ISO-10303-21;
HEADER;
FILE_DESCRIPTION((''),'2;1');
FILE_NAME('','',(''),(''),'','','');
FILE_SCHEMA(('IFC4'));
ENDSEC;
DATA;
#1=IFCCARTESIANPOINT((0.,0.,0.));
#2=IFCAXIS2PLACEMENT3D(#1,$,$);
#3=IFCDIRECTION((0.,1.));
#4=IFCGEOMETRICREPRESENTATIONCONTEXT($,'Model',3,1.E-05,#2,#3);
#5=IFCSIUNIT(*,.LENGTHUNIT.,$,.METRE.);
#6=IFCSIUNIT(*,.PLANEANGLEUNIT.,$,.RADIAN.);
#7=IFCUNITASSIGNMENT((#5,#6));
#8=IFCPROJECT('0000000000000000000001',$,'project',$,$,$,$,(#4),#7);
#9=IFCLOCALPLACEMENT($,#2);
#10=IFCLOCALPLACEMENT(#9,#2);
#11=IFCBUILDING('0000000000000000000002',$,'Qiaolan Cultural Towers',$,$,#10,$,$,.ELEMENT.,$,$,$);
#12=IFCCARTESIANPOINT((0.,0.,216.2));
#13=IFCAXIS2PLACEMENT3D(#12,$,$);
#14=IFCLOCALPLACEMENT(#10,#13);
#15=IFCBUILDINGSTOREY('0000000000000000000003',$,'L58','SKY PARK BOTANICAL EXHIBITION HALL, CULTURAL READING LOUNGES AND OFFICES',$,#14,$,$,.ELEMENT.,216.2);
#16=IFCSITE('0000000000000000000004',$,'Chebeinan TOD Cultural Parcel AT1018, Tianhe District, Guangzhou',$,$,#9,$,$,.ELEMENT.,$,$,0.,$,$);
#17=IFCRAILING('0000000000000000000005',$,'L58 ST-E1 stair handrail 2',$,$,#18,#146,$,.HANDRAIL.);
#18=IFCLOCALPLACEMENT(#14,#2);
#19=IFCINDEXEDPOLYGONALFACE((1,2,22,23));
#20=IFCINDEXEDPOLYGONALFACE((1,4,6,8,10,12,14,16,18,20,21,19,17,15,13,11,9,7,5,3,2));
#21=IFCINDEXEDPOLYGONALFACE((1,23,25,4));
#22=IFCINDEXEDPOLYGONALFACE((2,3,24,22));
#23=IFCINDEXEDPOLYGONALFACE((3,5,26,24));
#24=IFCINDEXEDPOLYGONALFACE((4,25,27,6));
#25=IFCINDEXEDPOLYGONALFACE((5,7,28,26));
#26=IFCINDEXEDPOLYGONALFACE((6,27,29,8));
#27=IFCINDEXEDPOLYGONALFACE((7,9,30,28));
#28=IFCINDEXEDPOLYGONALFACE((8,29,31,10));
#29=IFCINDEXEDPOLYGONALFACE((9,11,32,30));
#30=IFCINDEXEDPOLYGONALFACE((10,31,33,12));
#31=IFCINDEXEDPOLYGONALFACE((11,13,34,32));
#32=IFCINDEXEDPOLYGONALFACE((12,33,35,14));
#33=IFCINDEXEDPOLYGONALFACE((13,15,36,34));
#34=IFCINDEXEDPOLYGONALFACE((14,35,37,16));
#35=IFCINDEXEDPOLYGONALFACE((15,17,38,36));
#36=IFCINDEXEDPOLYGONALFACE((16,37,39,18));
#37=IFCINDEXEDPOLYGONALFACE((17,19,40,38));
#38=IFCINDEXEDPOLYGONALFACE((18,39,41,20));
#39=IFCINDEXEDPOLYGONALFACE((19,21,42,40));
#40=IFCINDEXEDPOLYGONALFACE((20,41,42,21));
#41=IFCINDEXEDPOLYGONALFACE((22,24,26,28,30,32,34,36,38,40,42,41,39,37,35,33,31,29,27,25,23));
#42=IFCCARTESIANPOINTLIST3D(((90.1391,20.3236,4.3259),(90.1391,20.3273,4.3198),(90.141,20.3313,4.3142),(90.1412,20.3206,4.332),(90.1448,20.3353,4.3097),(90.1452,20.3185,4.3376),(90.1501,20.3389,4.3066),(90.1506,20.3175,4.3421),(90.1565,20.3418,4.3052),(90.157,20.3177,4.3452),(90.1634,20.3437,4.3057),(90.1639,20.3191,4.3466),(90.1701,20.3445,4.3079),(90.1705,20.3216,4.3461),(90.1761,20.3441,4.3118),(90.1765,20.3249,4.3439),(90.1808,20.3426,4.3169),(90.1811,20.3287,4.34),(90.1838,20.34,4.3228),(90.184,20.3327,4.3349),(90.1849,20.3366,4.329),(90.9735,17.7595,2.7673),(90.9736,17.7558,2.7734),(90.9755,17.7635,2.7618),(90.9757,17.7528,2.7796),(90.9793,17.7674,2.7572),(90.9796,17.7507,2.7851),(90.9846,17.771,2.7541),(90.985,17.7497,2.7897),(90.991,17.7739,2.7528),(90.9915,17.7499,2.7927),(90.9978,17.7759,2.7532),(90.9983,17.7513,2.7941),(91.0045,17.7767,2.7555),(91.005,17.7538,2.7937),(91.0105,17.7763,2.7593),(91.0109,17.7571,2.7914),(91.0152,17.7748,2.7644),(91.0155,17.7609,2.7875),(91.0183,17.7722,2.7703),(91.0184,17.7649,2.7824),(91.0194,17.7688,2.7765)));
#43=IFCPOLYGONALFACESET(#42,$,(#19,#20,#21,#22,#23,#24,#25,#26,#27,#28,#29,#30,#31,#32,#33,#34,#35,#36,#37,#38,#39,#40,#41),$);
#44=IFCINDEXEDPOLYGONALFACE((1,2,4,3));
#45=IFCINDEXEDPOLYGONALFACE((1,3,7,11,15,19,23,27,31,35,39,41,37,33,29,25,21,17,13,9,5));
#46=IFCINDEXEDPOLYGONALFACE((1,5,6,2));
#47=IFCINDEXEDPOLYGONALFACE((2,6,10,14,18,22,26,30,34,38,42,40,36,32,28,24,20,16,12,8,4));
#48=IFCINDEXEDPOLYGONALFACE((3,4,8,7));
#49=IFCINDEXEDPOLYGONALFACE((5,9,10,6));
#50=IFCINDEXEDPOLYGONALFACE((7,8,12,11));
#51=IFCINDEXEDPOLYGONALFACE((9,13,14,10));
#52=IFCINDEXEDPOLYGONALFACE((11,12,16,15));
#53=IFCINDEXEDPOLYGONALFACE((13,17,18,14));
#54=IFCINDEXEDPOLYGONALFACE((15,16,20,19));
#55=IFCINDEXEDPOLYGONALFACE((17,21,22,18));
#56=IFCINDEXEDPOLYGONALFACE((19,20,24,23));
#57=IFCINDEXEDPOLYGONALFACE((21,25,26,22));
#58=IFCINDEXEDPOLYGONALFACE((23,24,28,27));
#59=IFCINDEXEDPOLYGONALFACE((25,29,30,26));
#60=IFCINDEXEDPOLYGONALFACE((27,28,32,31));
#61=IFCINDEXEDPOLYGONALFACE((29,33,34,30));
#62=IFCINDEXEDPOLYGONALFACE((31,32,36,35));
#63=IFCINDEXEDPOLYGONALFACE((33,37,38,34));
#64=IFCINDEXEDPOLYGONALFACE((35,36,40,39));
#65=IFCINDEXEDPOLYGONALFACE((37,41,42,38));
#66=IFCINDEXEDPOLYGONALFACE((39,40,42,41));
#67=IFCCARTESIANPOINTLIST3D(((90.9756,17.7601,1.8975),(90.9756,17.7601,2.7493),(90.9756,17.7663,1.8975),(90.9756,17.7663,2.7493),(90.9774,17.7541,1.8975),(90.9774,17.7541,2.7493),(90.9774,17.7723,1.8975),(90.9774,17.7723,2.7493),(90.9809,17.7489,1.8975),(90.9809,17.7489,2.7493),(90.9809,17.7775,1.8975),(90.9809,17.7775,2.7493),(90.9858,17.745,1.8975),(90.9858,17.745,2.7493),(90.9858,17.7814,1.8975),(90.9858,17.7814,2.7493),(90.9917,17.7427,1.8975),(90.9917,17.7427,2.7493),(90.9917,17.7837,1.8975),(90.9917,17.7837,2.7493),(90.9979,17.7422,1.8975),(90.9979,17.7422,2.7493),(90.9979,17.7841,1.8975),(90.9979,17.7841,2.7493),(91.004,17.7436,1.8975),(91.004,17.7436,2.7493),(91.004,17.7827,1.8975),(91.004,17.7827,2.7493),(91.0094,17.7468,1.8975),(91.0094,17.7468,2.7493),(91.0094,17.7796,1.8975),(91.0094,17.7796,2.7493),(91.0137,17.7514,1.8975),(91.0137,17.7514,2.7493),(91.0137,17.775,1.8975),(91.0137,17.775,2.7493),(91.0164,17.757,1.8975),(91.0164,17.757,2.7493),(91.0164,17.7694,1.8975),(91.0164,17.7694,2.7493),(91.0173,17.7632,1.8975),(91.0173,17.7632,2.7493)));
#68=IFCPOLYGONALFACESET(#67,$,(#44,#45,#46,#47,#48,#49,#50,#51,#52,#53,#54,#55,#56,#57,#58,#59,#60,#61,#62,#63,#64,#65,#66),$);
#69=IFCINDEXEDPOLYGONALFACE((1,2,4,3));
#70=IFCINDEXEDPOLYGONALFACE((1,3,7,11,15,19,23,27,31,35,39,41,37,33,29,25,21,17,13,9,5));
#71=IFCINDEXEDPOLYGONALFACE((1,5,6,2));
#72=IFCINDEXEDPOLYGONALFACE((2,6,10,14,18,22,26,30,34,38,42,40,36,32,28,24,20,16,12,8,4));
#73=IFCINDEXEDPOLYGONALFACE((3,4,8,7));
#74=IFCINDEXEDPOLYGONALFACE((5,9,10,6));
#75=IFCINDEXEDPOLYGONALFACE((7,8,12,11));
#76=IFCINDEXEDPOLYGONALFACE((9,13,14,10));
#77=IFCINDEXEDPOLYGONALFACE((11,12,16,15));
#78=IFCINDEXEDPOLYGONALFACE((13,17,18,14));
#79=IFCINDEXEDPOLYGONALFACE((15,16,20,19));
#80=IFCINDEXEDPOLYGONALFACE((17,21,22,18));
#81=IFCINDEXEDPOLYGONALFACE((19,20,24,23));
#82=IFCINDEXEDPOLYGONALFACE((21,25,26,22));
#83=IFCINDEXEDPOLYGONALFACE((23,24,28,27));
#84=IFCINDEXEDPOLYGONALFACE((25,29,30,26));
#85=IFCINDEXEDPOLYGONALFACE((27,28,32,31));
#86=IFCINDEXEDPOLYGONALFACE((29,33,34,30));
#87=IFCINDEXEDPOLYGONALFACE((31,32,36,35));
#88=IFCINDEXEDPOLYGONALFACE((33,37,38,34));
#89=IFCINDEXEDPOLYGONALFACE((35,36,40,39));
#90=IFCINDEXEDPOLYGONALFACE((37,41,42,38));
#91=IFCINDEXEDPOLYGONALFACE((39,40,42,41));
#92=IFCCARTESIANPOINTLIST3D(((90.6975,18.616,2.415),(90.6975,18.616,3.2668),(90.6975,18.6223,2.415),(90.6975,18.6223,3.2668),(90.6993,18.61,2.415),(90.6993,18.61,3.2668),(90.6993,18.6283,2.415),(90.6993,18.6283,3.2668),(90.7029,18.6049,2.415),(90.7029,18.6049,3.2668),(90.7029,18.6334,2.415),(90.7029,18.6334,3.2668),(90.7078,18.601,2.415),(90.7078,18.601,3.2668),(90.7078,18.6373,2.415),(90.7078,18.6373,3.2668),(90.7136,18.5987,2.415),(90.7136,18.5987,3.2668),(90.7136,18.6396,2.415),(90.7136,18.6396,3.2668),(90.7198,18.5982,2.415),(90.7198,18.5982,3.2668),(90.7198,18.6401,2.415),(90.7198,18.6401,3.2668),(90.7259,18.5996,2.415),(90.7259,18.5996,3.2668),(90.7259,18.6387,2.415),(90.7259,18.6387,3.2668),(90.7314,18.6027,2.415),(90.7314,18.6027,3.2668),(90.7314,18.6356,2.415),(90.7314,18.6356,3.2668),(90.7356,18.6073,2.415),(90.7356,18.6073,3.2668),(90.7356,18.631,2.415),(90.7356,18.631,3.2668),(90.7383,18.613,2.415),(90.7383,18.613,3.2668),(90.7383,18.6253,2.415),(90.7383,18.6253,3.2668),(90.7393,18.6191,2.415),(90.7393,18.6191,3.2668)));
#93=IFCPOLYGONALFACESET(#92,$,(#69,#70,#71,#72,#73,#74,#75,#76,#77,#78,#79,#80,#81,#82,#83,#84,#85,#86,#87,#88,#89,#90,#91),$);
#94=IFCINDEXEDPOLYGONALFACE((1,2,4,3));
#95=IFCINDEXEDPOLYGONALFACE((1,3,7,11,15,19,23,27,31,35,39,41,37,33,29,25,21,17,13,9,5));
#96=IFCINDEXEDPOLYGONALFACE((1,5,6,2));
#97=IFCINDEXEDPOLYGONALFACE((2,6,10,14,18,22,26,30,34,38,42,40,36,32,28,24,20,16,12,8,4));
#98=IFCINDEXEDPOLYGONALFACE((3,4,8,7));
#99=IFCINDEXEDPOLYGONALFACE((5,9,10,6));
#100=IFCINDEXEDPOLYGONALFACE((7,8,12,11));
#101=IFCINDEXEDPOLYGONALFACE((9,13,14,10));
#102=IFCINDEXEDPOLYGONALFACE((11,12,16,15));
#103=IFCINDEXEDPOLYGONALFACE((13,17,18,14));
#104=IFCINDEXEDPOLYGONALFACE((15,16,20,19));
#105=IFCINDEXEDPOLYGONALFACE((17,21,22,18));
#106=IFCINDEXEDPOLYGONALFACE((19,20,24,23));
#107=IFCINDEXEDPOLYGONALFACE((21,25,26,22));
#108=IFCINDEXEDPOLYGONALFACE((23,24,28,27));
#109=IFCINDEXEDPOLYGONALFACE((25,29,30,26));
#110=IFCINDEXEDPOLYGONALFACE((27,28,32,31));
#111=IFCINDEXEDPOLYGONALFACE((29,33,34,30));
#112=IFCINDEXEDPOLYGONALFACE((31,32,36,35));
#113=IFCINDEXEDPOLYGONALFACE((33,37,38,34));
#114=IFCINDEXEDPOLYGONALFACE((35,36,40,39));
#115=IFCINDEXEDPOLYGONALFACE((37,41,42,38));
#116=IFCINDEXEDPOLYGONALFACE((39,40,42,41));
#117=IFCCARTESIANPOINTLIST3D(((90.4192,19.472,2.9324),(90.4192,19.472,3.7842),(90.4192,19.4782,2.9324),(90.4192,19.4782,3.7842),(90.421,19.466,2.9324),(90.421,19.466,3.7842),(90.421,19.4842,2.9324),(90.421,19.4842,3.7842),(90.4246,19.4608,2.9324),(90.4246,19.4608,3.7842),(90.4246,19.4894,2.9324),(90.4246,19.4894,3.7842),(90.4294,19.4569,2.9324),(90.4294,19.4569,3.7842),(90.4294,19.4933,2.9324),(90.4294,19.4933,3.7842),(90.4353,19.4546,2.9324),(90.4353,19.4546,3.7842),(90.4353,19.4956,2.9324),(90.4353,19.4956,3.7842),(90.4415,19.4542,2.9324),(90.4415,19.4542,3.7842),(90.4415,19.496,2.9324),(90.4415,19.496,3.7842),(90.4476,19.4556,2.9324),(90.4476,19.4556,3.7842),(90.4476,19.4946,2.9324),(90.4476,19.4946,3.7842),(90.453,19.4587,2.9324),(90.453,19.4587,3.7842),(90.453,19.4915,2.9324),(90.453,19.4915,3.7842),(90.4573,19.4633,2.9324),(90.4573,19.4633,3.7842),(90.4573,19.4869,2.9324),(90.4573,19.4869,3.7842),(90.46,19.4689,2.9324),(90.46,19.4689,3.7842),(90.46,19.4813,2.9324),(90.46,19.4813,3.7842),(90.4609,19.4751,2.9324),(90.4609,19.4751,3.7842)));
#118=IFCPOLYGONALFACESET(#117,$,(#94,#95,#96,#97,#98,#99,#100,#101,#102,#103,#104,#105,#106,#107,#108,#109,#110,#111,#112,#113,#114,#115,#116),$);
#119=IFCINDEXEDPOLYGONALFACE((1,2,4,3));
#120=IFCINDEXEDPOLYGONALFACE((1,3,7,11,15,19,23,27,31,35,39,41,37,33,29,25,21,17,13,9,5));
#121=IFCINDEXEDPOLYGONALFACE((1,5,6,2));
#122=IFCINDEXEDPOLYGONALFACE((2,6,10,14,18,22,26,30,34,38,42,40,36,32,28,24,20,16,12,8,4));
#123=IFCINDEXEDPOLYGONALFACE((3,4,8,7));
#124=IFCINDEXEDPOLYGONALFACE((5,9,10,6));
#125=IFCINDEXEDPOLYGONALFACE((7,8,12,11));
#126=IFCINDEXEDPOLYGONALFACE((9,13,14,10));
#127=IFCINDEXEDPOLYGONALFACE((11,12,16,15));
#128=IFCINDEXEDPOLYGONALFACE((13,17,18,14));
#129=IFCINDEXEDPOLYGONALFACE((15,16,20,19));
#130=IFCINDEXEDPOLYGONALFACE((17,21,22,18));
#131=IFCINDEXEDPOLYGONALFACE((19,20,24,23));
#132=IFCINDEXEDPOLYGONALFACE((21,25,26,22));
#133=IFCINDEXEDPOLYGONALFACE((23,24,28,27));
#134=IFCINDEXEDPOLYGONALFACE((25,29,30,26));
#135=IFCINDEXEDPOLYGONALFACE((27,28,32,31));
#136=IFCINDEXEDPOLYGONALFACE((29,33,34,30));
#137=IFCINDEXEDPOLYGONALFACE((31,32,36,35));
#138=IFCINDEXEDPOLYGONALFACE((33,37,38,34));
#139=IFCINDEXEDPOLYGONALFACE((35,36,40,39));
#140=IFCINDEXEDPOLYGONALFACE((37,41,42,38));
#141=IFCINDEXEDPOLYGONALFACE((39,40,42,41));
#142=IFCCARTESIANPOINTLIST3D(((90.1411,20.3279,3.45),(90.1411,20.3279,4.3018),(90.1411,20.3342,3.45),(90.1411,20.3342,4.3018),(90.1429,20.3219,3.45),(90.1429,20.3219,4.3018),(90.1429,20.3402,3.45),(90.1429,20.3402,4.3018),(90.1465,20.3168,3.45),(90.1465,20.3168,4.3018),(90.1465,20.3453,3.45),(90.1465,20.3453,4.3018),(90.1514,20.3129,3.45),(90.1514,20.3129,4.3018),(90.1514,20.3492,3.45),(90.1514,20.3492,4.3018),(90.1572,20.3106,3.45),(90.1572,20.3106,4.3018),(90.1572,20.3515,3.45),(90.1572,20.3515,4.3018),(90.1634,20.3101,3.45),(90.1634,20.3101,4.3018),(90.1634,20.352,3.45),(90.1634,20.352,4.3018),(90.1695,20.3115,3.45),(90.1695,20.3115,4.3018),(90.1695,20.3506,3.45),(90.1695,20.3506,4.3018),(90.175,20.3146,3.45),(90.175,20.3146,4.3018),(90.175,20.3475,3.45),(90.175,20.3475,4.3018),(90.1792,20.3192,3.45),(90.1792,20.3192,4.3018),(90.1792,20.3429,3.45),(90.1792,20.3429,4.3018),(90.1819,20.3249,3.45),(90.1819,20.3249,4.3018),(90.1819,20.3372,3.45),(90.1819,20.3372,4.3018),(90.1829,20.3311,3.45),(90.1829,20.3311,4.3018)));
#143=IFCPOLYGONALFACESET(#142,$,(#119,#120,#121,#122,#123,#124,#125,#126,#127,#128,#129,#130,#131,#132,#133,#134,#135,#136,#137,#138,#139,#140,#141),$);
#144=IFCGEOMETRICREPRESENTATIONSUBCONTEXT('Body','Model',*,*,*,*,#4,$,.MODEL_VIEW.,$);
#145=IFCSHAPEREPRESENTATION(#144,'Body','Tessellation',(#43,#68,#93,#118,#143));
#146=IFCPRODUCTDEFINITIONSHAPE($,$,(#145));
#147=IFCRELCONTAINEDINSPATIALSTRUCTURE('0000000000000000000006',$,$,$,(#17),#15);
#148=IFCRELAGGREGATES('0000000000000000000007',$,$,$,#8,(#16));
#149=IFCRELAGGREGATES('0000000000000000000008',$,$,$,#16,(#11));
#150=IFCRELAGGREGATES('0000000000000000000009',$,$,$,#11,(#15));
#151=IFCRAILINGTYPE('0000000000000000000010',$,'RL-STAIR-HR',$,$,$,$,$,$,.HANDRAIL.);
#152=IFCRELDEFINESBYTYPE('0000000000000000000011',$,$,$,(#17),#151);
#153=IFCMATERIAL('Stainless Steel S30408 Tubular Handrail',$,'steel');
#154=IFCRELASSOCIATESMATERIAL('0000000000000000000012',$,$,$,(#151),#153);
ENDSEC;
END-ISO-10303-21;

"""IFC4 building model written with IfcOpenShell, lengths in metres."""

from ifc_helpers import new_model, si_unit, direction, frame, origin, origin_2d, place, context, subcontext, project, spatial, circle, extrude, material, type_object, element, save


model = new_model("IFC4")

# Units and contexts
model_context = context("Model", 3, precision=1e-05, world=origin(), true_north=direction((0.0, 1.0)))
body_context = subcontext(model_context, "Body", "Model", "MODEL_VIEW")
ifc_project = project(units=[si_unit("LENGTHUNIT", "METRE"), si_unit("PLANEANGLEUNIT", "RADIAN")], contexts=[model_context])

# Site, building, storey
site_placement = place(None, origin())
site = spatial("IfcSite", under=ifc_project, at=site_placement, Name="Chebeinan TOD Cultural Parcel AT1018, Tianhe District, Guangzhou", CompositionType="ELEMENT", RefElevation=0.0)
building_placement = place(site_placement, origin())
building = spatial("IfcBuilding", under=site, at=building_placement, Name="Qiaolan Cultural Towers", CompositionType="ELEMENT")
storey_placement = place(building_placement, frame((0.0, 0.0, 216.2)))
storey = spatial("IfcBuildingStorey", under=building, at=storey_placement, Name="L58", Description="SKY PARK BOTANICAL EXHIBITION HALL, CULTURAL READING LOUNGES AND OFFICES", CompositionType="ELEMENT", Elevation=216.2)

# Railing
ifc_material_1 = material(Name="Stainless Steel S30408 Tubular Handrail", Category="steel")
railing_type = type_object("IfcRailingType", Name="RL-STAIR-HR", PredefinedType="HANDRAIL", material=ifc_material_1)
railing_placement = place(storey_placement, frame((90.9963, 17.7632, 1.8975)))
element("IfcRailing", 1, at=railing_placement, inside=storey, type_object=railing_type, Name="L58 ST-E1 stair handrail 2", PredefinedType="HANDRAIL", context=body_context, shape_type="SweptSolid", body=[
    extrude(circle(Radius=0.0239, at=origin_2d()), frame((0.0, 0.0, 0.876), z_axis=(-0.267926, 0.824471, 0.498461), x_axis=(-0.951043, -0.309057, 0.0)), (0.0, 0.0, 1.0), 3.1145),
    extrude(circle(Radius=0.021, at=origin_2d()), origin(), (0.0, 0.0, 1.0), 0.8518),
    extrude(circle(Radius=0.021, at=origin_2d()), frame((-0.2781, 0.856, 0.5176)), (0.0, 0.0, 1.0), 0.8518),
    extrude(circle(Radius=0.021, at=origin_2d()), frame((-0.5564, 1.7119, 1.0349)), (0.0, 0.0, 1.0), 0.8518),
    extrude(circle(Radius=0.021, at=origin_2d()), frame((-0.8345, 2.5679, 1.5525)), (0.0, 0.0, 1.0), 0.8518),
])

save(model, "model.ifc")
